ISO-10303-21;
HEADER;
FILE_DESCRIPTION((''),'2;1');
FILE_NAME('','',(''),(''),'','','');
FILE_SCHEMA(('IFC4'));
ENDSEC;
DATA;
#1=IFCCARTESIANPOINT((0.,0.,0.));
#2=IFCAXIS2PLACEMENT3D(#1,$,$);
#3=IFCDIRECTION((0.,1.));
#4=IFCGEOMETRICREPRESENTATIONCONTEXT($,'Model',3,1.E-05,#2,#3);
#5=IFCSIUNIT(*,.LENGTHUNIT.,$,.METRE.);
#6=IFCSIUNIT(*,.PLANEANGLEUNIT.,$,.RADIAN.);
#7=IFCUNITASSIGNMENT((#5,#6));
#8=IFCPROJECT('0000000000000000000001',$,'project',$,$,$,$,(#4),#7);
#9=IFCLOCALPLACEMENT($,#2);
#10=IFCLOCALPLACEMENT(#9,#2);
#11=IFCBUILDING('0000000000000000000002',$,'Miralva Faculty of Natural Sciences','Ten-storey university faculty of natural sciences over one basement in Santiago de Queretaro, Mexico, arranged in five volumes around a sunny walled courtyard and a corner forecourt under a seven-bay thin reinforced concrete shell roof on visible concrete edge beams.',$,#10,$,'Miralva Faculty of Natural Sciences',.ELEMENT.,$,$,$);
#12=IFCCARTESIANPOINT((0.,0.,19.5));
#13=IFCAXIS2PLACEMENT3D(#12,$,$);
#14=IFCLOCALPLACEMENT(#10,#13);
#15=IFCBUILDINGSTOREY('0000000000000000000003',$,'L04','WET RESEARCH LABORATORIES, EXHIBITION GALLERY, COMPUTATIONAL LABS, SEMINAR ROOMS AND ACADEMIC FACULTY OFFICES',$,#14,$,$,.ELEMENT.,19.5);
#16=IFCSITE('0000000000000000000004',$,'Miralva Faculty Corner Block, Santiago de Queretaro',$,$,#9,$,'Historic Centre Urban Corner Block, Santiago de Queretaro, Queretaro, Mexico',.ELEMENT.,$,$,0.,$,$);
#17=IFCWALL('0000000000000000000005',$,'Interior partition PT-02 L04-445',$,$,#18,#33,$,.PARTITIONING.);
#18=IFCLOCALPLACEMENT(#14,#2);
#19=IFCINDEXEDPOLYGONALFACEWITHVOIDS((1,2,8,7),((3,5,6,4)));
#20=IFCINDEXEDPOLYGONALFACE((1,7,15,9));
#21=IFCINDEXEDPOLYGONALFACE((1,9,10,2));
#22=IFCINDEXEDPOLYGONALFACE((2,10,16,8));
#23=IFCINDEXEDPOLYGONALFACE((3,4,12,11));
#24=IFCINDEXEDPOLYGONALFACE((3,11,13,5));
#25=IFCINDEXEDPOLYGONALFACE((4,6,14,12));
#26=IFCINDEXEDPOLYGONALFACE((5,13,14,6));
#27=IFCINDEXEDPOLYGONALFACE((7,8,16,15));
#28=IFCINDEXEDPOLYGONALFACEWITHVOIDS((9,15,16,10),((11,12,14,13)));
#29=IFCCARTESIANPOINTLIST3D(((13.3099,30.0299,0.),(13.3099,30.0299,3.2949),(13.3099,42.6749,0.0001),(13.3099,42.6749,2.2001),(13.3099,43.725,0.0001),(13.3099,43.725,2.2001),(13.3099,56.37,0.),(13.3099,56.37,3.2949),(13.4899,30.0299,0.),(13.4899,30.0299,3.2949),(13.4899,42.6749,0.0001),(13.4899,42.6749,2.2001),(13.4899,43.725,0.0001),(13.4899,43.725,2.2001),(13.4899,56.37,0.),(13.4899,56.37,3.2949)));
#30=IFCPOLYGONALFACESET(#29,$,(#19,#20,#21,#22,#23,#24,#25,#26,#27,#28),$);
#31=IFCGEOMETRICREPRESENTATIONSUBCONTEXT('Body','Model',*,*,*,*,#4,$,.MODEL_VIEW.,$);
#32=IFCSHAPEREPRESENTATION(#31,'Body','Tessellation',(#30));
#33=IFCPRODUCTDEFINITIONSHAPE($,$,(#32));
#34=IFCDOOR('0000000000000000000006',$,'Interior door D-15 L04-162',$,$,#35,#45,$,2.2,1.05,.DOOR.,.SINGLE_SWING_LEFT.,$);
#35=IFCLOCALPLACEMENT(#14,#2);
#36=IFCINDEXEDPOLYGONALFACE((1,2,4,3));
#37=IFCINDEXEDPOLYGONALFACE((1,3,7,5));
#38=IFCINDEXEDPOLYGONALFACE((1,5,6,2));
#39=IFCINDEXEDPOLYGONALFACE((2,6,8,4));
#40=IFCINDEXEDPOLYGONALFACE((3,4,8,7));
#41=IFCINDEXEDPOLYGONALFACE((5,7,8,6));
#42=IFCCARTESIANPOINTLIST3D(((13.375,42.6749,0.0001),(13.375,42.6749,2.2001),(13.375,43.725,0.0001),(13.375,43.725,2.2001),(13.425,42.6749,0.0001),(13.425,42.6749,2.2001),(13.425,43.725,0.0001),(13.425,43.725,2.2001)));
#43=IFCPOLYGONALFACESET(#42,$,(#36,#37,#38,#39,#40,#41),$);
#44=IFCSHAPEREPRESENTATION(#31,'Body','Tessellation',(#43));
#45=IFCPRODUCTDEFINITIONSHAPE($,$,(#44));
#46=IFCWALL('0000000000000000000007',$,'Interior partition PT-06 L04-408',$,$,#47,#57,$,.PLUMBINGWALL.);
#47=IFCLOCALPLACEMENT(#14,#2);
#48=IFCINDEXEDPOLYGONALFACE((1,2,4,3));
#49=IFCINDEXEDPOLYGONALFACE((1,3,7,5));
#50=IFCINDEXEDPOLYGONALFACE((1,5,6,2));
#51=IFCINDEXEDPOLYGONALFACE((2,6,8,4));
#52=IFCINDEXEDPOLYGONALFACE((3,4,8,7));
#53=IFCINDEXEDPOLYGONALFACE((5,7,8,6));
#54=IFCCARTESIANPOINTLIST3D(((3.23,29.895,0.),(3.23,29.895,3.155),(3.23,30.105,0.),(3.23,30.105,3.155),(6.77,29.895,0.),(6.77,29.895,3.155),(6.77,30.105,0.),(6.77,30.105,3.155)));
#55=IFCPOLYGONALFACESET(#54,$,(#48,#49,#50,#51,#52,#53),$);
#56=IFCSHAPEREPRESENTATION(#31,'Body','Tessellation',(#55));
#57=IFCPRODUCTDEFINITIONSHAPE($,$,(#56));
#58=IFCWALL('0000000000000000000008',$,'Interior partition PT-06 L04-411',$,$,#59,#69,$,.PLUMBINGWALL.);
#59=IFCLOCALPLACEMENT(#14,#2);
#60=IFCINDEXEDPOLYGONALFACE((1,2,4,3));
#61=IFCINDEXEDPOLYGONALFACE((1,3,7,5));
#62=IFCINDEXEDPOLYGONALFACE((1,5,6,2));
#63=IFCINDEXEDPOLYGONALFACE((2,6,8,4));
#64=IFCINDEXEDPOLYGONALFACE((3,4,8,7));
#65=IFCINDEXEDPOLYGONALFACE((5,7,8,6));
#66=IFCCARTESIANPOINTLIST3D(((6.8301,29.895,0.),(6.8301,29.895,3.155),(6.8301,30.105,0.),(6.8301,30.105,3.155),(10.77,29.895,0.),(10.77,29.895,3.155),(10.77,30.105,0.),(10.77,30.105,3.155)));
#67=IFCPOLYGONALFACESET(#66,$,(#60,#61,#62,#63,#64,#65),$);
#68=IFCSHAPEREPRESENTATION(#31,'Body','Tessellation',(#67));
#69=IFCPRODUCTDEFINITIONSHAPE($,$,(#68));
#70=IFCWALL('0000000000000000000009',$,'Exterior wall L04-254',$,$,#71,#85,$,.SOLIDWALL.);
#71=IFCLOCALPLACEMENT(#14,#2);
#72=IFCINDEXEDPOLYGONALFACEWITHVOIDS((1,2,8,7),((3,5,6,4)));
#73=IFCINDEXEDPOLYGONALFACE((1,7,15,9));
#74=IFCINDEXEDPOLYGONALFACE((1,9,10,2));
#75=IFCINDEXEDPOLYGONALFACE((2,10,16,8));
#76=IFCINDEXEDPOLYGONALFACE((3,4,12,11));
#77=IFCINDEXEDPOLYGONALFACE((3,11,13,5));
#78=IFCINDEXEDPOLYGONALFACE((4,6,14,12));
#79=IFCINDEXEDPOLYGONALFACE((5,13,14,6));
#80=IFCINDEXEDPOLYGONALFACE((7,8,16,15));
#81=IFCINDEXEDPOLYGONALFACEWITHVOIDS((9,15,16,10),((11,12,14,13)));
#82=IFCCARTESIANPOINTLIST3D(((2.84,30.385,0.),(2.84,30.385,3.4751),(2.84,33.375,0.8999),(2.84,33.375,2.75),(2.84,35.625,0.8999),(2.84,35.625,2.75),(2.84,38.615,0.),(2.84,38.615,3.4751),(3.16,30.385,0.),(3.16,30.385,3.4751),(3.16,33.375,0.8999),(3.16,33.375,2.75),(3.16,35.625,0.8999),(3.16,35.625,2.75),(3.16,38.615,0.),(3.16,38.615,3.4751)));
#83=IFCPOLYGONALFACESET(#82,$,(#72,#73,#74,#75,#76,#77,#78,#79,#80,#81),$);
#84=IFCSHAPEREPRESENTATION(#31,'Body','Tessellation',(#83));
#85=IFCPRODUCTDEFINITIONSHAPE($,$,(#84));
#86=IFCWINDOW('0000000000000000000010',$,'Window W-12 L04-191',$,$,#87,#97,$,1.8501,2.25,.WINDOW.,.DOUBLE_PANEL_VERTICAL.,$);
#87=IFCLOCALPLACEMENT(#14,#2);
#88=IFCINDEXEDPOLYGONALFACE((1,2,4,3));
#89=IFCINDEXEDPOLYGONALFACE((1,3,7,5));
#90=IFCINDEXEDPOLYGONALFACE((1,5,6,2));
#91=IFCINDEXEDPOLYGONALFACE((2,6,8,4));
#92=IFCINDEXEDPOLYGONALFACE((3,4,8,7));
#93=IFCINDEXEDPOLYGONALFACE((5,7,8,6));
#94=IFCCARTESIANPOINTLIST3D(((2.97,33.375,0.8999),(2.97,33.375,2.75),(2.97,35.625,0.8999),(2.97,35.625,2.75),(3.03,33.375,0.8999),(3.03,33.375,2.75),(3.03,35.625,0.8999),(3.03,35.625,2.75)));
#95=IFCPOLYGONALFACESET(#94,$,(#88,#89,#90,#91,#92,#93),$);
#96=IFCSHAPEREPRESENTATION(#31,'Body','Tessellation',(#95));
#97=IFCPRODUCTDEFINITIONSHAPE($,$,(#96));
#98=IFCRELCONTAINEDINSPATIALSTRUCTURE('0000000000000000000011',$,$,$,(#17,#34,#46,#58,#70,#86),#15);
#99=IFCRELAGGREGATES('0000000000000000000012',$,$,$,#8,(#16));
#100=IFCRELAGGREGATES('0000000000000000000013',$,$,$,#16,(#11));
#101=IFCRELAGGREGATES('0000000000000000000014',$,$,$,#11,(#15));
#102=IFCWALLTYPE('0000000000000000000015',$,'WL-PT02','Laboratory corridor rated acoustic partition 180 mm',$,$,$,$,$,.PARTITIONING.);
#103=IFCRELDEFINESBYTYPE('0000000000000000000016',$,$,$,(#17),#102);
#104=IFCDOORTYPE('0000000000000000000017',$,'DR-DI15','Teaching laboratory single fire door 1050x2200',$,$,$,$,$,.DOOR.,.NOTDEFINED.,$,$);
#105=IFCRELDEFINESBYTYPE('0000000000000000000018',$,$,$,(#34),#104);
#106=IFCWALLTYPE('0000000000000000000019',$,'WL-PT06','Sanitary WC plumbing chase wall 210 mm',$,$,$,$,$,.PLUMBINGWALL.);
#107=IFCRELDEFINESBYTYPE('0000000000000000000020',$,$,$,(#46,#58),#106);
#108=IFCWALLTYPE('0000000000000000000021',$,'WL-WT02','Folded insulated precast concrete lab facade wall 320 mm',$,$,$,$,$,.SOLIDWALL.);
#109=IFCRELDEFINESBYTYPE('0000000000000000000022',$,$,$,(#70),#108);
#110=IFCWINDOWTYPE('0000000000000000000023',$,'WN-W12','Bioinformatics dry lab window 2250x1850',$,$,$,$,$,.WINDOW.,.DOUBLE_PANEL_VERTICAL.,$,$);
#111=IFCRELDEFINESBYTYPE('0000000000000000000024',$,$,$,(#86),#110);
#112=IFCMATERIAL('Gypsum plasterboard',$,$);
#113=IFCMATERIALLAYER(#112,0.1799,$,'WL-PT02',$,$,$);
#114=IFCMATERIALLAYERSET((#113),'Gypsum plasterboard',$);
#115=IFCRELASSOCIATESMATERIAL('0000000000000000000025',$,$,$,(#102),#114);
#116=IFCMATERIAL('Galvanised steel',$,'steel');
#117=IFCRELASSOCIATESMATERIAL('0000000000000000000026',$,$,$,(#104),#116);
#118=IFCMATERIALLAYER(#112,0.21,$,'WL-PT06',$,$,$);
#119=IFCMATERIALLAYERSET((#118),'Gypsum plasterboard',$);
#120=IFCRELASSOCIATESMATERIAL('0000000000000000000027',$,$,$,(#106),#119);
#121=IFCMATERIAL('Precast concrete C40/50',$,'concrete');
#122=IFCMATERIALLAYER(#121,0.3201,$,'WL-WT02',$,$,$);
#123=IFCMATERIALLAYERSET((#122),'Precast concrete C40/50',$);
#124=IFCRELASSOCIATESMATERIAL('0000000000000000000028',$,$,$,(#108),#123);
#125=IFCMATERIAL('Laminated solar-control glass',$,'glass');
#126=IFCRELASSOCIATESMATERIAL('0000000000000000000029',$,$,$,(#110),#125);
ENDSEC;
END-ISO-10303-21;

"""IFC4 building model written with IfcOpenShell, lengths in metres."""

from ifc_helpers import new_model, si_unit, direction, frame, frame_2d, origin, place, context, subcontext, project, spatial, rectangle, extrude, material, layer, layer_set, type_object, element, fill, save


model = new_model("IFC4")

# Units and contexts
model_context = context("Model", 3, precision=1e-05, world=origin(), true_north=direction((0.0, 1.0)))
body_context = subcontext(model_context, "Body", "Model", "MODEL_VIEW")
ifc_project = project(units=[si_unit("LENGTHUNIT", "METRE"), si_unit("PLANEANGLEUNIT", "RADIAN")], contexts=[model_context])

# Site, building, storey
site_placement = place(None, origin())
site = spatial("IfcSite", under=ifc_project, at=site_placement, Name="Miralva Faculty Corner Block, Santiago de Queretaro", LongName="Historic Centre Urban Corner Block, Santiago de Queretaro, Queretaro, Mexico", CompositionType="ELEMENT", RefElevation=0.0)
building_placement = place(site_placement, origin())
building = spatial("IfcBuilding", under=site, at=building_placement, Name="Miralva Faculty of Natural Sciences", Description="Ten-storey university faculty of natural sciences over one basement in Santiago de Queretaro, Mexico, arranged in five volumes around a sunny walled courtyard and a corner forecourt under a seven-bay thin reinforced concrete shell roof on visible concrete edge beams.", LongName="Miralva Faculty of Natural Sciences", CompositionType="ELEMENT")
storey_placement = place(building_placement, frame((0.0, 0.0, 19.5)))
storey = spatial("IfcBuildingStorey", under=building, at=storey_placement, Name="L04", Description="WET RESEARCH LABORATORIES, EXHIBITION GALLERY, COMPUTATIONAL LABS, SEMINAR ROOMS AND ACADEMIC FACULTY OFFICES", CompositionType="ELEMENT", Elevation=19.5)

# Wall, opening, door
ifc_material_1 = material(Name="Gypsum plasterboard")
ifc_layer_1 = layer(ifc_material_1, 0.1799, Name="WL-PT02")
ifc_layer_set_1 = layer_set([ifc_layer_1], Name="Gypsum plasterboard")
wall_type_1 = type_object("IfcWallType", Name="WL-PT02", Description="Laboratory corridor rated acoustic partition 180 mm", PredefinedType="PARTITIONING", material=ifc_layer_set_1)
ifc_material_2 = material(Name="Galvanised steel", Category="steel")
door_type = type_object("IfcDoorType", Name="DR-DI15", Description="Teaching laboratory single fire door 1050x2200", OperationType="NOTDEFINED", PredefinedType="DOOR", material=ifc_material_2)
wall_1_placement = place(storey_placement, frame((13.3999, 30.03, 0.0), z_axis=(0.0, 0.0, 1.0), x_axis=(0.0, 1.0, 0.0)))
wall_1 = element("IfcWall", 1, at=wall_1_placement, inside=storey, type_object=wall_type_1, Name="Interior partition PT-02 L04-445", PredefinedType="PARTITIONING", context=body_context, shape_type="SweptSolid", body=[
    extrude(rectangle(XDim=26.3401, YDim=0.1799, at=frame_2d((13.1699, 0.0))), origin(), (0.0, 0.0, 1.0), 3.2949),
])
opening_1_placement = place(wall_1_placement, frame((12.645, 0.0, 0.0)))
opening_1 = element("IfcOpeningElement", 2, at=opening_1_placement, cuts=wall_1, PredefinedType="OPENING", context=body_context, shape_type="SweptSolid", body=[
    extrude(rectangle(XDim=1.05, YDim=2.2, at=frame_2d((0.5249, 1.1001))), frame((0.0, 0.0999, 0.0), z_axis=(0.0, -1.0, 0.0), x_axis=(1.0, 0.0, 0.0)), (0.0, 0.0, 1.0), 0.2),
])
door_1_placement = place(opening_1_placement, origin())
door_1 = element("IfcDoor", 3, at=door_1_placement, inside=storey, type_object=door_type, Name="Interior door D-15 L04-162", OperationType="SINGLE_SWING_LEFT", OverallHeight=2.2, OverallWidth=1.05, PredefinedType="DOOR", context=body_context, shape_type="SweptSolid", body=[
    extrude(rectangle(XDim=1.05, YDim=2.2, at=frame_2d((0.5249, 1.1001))), frame((0.0, 0.0249, 0.0), z_axis=(0.0, -1.0, 0.0), x_axis=(1.0, 0.0, 0.0)), (0.0, 0.0, 1.0), 0.05),
])
fill(opening_1, door_1)

# Walls
ifc_layer_2 = layer(ifc_material_1, 0.21, Name="WL-PT06")
ifc_layer_set_2 = layer_set([ifc_layer_2], Name="Gypsum plasterboard")
wall_type_2 = type_object("IfcWallType", Name="WL-PT06", Description="Sanitary WC plumbing chase wall 210 mm", PredefinedType="PLUMBINGWALL", material=ifc_layer_set_2)
wall_2_placement = place(storey_placement, frame((3.23, 30.0, 0.0), z_axis=(0.0, 0.0, 1.0), x_axis=(1.0, 0.0, 0.0)))
element("IfcWall", 4, at=wall_2_placement, inside=storey, type_object=wall_type_2, Name="Interior partition PT-06 L04-408", PredefinedType="PLUMBINGWALL", context=body_context, shape_type="SweptSolid", body=[
    extrude(rectangle(XDim=3.54, YDim=0.21, at=frame_2d((1.77, 0.0))), origin(), (0.0, 0.0, 1.0), 3.155),
])
wall_3_placement = place(storey_placement, frame((6.8301, 30.0, 0.0), z_axis=(0.0, 0.0, 1.0), x_axis=(1.0, 0.0, 0.0)))
element("IfcWall", 5, at=wall_3_placement, inside=storey, type_object=wall_type_2, Name="Interior partition PT-06 L04-411", PredefinedType="PLUMBINGWALL", context=body_context, shape_type="SweptSolid", body=[
    extrude(rectangle(XDim=3.9399, YDim=0.21, at=frame_2d((1.97, 0.0))), origin(), (0.0, 0.0, 1.0), 3.155),
])

# Wall, opening, window
ifc_material_3 = material(Name="Precast concrete C40/50", Category="concrete")
ifc_layer_3 = layer(ifc_material_3, 0.3201, Name="WL-WT02")
ifc_layer_set_3 = layer_set([ifc_layer_3], Name="Precast concrete C40/50")
wall_type_3 = type_object("IfcWallType", Name="WL-WT02", Description="Folded insulated precast concrete lab facade wall 320 mm", PredefinedType="SOLIDWALL", material=ifc_layer_set_3)
wall_4_placement = place(storey_placement, frame((3.0, 30.385, 0.0), z_axis=(0.0, 0.0, 1.0), x_axis=(0.0, 1.0, 0.0)))
wall_4 = element("IfcWall", 6, at=wall_4_placement, inside=storey, type_object=wall_type_3, Name="Exterior wall L04-254", PredefinedType="SOLIDWALL", context=body_context, shape_type="SweptSolid", body=[
    extrude(rectangle(XDim=8.23, YDim=0.3201, at=frame_2d((4.115, 0.0))), origin(), (0.0, 0.0, 1.0), 3.4751),
])
opening_2_placement = place(wall_4_placement, frame((2.99, 0.0, 0.8999)))
opening_2 = element("IfcOpeningElement", 7, at=opening_2_placement, cuts=wall_4, PredefinedType="OPENING", context=body_context, shape_type="SweptSolid", body=[
    extrude(rectangle(XDim=2.25, YDim=1.8501, at=frame_2d((1.125, 0.925))), frame((0.0, 0.1699, 0.0), z_axis=(0.0, -1.0, 0.0), x_axis=(1.0, 0.0, 0.0)), (0.0, 0.0, 1.0), 0.3401),
])
ifc_material_4 = material(Name="Laminated solar-control glass", Category="glass")
window_type = type_object("IfcWindowType", Name="WN-W12", Description="Bioinformatics dry lab window 2250x1850", PartitioningType="DOUBLE_PANEL_VERTICAL", PredefinedType="WINDOW", material=ifc_material_4)
window_placement = place(opening_2_placement, origin())
window = element("IfcWindow", 8, at=window_placement, inside=storey, type_object=window_type, Name="Window W-12 L04-191", OverallHeight=1.8501, OverallWidth=2.25, PartitioningType="DOUBLE_PANEL_VERTICAL", PredefinedType="WINDOW", context=body_context, shape_type="SweptSolid", body=[
    extrude(rectangle(XDim=2.25, YDim=1.8501, at=frame_2d((1.125, 0.925))), frame((0.0, 0.03, 0.0), z_axis=(0.0, -1.0, 0.0), x_axis=(1.0, 0.0, 0.0)), (0.0, 0.0, 1.0), 0.0601),
])
fill(opening_2, window)

save(model, "model.ifc")
